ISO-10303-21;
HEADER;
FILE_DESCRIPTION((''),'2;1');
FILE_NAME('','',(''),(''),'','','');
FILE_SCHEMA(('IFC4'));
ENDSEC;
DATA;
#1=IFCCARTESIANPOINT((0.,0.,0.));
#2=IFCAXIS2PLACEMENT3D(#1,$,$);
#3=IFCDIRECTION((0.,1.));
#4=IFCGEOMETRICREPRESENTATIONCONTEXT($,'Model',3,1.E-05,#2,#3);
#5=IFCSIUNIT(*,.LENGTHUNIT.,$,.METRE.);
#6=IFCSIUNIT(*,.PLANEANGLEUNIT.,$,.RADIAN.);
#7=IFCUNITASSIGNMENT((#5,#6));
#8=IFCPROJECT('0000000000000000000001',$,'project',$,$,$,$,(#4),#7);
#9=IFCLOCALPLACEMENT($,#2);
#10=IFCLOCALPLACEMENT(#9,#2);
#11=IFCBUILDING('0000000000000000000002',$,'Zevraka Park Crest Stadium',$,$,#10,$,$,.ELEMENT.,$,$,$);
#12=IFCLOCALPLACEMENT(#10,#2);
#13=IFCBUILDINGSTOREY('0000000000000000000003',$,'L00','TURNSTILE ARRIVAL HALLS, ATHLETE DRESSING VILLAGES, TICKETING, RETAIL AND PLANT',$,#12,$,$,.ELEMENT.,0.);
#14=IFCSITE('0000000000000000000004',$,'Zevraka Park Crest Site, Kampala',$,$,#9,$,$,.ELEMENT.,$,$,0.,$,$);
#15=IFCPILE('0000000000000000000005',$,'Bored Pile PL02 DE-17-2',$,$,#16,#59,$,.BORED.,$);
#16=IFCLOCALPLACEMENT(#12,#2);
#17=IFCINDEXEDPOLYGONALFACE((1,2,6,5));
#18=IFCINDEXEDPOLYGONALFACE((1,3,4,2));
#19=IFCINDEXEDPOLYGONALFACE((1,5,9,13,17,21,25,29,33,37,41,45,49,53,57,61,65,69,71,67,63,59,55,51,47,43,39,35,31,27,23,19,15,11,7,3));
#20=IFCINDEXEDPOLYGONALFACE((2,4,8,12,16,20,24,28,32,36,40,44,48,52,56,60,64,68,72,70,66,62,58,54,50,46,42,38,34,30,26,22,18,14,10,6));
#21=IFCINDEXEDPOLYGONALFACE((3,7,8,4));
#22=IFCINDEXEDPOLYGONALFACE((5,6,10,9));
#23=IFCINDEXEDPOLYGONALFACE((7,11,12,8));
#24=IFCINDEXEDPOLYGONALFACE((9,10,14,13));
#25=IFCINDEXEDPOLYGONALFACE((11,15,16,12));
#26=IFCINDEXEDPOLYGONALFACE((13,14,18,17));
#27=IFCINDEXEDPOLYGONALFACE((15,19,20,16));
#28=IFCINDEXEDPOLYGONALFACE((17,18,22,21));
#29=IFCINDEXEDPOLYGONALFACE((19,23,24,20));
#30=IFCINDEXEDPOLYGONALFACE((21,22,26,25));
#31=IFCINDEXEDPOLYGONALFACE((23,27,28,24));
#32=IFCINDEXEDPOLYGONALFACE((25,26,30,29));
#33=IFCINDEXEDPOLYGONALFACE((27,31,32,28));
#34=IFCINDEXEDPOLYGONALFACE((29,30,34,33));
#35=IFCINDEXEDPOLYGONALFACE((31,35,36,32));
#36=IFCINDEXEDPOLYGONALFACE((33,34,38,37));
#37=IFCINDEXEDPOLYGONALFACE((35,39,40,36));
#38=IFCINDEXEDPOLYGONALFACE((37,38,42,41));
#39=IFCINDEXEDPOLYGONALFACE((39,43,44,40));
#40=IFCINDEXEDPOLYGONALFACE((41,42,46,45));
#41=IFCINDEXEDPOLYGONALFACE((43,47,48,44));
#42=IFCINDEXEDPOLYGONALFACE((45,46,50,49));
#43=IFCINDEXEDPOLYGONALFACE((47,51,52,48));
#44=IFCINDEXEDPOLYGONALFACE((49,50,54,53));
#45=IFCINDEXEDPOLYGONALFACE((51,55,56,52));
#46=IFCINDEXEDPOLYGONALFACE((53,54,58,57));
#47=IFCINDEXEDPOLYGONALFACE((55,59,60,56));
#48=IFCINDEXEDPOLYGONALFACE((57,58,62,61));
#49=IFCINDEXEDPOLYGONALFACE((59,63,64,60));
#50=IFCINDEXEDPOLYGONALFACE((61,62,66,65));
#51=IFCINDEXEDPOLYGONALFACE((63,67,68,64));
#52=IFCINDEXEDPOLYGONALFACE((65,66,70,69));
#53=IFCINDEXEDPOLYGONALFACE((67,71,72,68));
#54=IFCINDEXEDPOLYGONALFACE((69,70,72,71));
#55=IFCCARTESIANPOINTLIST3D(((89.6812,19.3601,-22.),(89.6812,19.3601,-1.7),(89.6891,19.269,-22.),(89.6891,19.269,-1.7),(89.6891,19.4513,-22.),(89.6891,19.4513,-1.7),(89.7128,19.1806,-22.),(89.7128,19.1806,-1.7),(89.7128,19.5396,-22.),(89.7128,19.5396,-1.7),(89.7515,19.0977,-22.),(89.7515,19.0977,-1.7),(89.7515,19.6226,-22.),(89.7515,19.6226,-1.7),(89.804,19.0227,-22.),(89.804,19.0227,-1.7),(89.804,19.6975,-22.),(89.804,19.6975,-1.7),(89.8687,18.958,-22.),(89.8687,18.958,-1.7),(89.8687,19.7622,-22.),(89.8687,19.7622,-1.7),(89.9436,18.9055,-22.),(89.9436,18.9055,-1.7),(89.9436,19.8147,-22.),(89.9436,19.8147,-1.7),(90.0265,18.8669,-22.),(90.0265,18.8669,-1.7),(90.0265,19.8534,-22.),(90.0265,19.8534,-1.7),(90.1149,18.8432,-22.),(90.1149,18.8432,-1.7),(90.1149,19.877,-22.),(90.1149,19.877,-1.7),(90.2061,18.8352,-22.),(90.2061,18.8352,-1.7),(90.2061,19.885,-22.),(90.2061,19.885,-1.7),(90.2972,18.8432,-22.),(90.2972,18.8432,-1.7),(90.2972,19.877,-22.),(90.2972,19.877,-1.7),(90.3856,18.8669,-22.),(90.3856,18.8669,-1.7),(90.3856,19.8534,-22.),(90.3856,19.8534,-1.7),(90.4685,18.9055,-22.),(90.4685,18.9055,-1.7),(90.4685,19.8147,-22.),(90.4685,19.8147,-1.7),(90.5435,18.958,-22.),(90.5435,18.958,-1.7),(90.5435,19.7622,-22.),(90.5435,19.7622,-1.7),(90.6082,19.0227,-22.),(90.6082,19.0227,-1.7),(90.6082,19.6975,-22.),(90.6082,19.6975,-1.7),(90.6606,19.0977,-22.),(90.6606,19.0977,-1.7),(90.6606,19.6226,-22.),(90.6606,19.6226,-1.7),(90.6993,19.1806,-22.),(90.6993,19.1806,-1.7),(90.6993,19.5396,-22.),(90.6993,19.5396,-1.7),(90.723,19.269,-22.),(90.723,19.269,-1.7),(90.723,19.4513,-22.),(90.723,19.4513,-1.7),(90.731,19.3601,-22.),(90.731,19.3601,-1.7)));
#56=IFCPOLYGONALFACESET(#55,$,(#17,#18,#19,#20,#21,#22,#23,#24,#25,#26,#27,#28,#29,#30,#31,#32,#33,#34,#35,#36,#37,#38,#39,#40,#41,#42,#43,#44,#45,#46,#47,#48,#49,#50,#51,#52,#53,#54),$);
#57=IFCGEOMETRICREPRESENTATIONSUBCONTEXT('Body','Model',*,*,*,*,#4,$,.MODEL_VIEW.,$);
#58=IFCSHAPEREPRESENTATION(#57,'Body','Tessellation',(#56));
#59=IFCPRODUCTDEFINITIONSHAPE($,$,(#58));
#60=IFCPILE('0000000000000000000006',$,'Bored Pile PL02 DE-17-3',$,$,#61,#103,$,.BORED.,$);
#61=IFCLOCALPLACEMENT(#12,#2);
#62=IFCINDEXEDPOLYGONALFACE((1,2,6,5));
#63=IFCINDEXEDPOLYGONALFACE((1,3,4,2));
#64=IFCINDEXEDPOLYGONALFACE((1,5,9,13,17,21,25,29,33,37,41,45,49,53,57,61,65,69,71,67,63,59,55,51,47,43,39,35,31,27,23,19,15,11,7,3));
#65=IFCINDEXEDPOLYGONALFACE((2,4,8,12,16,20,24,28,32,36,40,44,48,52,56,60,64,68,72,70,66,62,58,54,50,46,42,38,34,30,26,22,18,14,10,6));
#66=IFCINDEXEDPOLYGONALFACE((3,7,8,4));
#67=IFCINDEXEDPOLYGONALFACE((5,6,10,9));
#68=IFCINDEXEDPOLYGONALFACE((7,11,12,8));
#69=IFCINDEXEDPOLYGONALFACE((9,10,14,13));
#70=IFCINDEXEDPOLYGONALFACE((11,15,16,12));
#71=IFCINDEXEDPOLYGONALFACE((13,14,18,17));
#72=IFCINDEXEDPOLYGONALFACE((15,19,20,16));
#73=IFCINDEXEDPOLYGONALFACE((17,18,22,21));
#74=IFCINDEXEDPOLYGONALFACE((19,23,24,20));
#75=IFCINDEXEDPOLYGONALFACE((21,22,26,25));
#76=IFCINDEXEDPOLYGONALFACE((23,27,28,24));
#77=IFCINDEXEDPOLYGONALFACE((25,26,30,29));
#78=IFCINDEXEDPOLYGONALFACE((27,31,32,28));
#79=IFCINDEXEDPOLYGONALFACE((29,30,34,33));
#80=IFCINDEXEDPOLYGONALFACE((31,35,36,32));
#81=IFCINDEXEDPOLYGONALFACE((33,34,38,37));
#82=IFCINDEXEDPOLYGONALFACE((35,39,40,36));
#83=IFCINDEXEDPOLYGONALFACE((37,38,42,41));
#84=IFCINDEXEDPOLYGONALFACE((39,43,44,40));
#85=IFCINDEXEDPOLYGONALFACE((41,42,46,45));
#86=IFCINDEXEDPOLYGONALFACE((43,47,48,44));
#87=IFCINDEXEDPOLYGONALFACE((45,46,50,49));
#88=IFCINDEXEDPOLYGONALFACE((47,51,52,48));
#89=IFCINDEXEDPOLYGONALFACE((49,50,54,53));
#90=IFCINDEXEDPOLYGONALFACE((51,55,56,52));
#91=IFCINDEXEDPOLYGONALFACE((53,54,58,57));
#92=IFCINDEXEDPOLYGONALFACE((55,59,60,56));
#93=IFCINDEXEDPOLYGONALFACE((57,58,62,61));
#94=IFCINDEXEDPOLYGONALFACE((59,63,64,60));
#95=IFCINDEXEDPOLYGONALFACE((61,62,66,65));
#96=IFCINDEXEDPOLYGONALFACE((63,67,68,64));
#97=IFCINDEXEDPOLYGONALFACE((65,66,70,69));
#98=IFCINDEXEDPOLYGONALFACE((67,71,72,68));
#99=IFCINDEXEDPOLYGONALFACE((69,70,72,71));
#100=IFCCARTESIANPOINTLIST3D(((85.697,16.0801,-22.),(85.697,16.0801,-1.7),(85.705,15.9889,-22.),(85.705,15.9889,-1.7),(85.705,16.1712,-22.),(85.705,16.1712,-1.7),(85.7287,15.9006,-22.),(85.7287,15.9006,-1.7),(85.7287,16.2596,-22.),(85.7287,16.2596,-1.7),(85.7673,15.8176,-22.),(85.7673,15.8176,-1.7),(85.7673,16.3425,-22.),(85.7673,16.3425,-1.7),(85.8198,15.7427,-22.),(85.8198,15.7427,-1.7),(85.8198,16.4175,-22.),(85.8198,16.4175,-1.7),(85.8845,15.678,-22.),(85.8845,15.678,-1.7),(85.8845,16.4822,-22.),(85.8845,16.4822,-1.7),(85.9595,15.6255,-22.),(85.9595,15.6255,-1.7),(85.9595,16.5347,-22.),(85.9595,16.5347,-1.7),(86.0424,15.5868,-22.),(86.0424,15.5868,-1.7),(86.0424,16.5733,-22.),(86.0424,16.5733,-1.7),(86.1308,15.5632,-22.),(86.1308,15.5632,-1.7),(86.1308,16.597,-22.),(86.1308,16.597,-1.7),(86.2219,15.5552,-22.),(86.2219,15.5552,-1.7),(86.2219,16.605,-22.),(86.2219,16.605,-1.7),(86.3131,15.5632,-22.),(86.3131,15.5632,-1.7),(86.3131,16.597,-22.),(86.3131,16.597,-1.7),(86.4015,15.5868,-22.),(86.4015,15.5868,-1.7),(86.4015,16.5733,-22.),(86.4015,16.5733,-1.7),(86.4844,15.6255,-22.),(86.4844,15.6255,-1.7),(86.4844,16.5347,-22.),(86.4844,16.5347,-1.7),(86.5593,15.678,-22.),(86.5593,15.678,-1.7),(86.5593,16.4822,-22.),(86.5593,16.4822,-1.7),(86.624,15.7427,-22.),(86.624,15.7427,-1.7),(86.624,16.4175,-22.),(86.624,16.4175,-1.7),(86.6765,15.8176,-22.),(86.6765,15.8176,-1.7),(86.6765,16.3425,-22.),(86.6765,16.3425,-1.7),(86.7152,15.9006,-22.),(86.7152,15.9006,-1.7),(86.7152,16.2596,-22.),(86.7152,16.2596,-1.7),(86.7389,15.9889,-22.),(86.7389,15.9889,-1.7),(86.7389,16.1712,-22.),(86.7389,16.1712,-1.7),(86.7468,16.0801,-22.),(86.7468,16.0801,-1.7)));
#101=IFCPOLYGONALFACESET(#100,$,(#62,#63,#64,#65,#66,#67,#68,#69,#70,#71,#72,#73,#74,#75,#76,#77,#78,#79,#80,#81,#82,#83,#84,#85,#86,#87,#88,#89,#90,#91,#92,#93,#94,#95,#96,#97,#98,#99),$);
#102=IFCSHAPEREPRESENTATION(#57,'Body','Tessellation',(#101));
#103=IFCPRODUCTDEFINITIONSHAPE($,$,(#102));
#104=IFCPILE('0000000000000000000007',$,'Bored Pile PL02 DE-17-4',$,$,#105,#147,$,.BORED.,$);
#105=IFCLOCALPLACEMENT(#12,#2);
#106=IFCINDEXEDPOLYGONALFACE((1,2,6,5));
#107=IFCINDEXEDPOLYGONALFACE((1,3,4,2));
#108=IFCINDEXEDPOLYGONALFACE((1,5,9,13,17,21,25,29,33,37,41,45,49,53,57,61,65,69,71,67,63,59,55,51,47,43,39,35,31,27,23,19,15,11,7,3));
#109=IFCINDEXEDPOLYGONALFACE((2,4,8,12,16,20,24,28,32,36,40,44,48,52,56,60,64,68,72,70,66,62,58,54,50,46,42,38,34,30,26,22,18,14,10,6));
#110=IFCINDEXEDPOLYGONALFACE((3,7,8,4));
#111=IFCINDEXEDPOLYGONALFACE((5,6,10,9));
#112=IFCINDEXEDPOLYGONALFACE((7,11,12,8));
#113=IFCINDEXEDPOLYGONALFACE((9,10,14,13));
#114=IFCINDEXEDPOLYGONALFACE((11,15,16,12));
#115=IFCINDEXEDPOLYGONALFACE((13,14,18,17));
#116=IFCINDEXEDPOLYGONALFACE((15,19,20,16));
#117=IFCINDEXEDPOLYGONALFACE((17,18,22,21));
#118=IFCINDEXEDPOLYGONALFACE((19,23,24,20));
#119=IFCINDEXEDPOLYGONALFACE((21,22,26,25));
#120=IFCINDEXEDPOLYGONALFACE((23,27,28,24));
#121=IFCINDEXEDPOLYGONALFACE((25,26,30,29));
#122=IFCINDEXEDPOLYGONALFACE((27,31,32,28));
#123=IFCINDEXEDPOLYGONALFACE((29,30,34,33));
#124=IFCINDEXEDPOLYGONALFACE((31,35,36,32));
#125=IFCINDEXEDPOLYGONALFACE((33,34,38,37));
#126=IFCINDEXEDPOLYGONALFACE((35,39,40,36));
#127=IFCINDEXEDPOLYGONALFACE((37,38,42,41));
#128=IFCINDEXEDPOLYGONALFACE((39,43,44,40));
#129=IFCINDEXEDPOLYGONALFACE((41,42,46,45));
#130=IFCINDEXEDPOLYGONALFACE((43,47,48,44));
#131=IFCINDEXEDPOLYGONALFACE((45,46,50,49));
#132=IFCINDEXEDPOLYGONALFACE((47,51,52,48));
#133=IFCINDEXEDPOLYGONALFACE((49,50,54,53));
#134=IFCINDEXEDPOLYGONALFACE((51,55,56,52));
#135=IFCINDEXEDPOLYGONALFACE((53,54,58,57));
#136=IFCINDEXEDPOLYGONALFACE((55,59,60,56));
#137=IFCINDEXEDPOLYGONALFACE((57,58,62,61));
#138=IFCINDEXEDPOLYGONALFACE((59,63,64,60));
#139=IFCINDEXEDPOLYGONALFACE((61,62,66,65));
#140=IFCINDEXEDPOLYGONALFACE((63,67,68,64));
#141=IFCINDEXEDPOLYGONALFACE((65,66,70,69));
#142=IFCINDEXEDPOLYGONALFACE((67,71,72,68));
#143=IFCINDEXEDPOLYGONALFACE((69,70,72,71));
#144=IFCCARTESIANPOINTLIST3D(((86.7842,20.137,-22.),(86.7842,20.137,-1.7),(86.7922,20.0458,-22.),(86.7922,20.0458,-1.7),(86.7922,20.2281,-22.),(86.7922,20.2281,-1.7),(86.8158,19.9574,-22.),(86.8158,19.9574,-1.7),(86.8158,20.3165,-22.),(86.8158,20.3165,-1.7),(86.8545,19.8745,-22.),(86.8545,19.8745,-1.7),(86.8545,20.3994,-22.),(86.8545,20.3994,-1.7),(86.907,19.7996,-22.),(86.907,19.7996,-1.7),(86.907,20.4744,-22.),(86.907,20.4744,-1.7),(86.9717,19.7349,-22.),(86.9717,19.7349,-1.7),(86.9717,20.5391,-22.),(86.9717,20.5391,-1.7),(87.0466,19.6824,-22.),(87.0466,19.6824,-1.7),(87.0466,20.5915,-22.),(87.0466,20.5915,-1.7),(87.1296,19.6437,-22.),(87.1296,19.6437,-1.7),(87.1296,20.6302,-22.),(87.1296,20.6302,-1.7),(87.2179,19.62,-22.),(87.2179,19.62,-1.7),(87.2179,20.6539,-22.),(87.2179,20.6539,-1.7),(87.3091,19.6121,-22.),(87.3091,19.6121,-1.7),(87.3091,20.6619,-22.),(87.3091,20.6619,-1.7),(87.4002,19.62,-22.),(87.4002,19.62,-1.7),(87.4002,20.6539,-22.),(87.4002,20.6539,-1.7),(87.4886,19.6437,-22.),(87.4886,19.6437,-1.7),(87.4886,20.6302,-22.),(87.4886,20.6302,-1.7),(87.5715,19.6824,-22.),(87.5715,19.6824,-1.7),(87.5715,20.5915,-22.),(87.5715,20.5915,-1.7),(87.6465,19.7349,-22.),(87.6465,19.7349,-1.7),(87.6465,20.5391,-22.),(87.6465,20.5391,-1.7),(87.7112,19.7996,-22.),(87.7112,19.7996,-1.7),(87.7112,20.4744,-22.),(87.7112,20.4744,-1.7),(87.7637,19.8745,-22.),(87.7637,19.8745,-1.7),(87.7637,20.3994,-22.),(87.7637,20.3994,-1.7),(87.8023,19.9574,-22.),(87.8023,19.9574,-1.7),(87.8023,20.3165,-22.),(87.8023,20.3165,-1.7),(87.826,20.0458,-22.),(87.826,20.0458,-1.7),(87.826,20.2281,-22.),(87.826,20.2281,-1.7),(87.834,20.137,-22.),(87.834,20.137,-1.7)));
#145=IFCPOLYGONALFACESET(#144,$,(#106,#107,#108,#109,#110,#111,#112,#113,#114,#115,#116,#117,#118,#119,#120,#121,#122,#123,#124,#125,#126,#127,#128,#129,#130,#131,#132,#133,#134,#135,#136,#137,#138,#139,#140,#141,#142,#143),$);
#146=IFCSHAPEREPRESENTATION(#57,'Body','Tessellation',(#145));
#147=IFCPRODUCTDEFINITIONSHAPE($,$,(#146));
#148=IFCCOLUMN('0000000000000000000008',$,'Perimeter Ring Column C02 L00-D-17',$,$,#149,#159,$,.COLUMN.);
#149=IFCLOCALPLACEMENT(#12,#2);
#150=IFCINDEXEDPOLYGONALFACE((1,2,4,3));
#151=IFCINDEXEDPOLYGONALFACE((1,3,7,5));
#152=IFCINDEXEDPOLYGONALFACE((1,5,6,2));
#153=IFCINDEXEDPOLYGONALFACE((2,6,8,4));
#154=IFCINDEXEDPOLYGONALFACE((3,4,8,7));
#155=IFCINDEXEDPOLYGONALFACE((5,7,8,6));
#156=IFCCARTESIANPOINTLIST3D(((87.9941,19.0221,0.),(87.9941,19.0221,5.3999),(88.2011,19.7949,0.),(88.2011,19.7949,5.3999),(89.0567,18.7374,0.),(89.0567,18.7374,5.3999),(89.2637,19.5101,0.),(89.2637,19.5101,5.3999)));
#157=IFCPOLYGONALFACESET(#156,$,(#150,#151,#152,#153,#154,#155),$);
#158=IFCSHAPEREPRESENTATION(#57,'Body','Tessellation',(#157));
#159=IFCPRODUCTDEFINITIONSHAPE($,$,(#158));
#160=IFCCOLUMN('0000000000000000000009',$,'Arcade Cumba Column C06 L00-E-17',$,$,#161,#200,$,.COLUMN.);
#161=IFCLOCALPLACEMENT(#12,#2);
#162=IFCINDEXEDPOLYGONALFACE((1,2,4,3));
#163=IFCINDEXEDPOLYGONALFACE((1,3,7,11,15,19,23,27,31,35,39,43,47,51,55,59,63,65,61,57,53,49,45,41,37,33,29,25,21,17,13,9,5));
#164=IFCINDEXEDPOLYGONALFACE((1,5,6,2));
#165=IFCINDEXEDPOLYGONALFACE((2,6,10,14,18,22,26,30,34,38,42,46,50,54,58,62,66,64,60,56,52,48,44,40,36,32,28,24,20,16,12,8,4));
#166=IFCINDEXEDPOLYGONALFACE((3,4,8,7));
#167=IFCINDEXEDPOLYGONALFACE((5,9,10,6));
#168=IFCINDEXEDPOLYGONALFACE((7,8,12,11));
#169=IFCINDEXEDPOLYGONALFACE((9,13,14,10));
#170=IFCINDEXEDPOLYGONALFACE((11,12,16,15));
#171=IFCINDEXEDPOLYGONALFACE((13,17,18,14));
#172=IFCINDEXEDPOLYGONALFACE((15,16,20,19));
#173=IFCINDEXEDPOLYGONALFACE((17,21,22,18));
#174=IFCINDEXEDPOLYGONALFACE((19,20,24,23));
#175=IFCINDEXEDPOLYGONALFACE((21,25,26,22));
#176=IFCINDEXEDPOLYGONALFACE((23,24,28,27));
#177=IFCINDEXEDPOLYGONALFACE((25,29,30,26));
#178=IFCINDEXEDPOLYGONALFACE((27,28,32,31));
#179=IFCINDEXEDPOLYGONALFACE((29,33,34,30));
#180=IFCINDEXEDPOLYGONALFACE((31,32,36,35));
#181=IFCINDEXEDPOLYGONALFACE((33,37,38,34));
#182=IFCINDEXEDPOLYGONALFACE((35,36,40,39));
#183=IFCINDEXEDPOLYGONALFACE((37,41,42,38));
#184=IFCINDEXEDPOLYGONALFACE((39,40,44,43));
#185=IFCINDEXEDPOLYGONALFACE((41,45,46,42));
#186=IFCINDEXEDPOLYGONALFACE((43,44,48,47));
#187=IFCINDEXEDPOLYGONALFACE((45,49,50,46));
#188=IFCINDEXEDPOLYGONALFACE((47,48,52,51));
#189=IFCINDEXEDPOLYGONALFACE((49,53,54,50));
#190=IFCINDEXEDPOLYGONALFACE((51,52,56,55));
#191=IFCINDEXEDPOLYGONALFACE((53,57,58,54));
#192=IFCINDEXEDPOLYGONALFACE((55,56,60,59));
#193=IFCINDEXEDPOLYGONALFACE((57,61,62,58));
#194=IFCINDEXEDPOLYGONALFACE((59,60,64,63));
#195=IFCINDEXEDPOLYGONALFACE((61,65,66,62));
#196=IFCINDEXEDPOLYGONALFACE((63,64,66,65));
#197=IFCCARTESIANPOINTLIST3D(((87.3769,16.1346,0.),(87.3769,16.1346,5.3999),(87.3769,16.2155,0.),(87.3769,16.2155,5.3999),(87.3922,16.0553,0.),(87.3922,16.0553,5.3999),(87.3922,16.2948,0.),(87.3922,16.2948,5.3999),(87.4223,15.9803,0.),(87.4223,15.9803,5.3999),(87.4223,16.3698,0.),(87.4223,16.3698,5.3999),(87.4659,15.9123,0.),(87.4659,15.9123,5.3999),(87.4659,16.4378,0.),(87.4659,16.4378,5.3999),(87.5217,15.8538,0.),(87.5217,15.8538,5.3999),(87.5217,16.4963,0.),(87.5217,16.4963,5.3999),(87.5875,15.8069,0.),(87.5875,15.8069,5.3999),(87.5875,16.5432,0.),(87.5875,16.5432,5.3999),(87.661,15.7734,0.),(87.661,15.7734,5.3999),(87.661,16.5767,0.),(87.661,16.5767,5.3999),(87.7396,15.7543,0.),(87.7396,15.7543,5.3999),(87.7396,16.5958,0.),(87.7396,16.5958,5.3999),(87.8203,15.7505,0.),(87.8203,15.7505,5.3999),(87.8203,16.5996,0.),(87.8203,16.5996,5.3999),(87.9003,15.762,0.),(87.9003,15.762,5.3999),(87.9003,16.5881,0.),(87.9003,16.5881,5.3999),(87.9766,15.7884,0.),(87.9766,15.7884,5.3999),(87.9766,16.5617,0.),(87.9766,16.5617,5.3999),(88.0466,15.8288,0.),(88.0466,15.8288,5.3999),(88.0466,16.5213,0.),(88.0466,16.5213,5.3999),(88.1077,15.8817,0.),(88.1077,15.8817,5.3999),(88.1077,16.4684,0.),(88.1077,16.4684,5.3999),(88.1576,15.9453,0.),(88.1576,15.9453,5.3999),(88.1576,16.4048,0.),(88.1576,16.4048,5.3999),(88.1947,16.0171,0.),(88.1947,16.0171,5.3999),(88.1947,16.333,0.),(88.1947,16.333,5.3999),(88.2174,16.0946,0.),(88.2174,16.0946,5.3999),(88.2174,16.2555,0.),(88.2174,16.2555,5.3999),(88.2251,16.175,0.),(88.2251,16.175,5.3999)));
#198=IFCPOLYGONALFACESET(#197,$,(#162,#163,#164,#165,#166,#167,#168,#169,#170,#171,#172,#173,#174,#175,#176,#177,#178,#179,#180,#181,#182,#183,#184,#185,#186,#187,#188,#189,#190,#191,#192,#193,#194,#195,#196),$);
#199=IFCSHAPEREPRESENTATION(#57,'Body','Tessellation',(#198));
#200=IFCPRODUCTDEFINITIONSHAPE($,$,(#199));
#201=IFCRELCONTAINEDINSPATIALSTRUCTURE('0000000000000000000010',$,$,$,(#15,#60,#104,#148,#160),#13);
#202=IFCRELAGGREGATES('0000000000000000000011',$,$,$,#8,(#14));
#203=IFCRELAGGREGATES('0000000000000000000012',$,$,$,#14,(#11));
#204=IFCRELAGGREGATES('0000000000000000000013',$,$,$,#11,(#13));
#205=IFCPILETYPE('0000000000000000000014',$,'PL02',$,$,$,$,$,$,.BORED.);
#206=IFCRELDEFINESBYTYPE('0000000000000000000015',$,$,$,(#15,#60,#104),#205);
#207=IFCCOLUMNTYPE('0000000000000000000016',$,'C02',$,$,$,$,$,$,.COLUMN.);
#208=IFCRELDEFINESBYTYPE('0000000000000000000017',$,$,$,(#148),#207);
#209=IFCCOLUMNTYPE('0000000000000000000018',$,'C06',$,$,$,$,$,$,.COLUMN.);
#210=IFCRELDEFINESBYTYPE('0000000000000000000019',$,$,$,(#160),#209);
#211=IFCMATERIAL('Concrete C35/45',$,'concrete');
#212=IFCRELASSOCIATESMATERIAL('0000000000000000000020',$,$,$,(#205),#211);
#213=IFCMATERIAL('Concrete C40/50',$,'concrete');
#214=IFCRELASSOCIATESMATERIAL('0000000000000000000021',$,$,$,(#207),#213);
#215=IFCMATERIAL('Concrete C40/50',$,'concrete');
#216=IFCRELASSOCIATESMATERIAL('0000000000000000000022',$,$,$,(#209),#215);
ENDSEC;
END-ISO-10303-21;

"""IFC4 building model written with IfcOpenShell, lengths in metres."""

from ifc_helpers import new_model, si_unit, direction, frame, origin, origin_2d, place, context, subcontext, project, spatial, rectangle, circle, extrude, material, material_profile, profile_set, type_object, element, save


model = new_model("IFC4")

# Units and contexts
model_context = context("Model", 3, precision=1e-05, world=origin(), true_north=direction((0.0, 1.0)))
body_context = subcontext(model_context, "Body", "Model", "MODEL_VIEW")
ifc_project = project(units=[si_unit("LENGTHUNIT", "METRE"), si_unit("PLANEANGLEUNIT", "RADIAN")], contexts=[model_context])

# Site, building, storey
site_placement = place(None, origin())
site = spatial("IfcSite", under=ifc_project, at=site_placement, Name="Zevraka Park Crest Site, Kampala", CompositionType="ELEMENT", RefElevation=0.0)
building_placement = place(site_placement, origin())
building = spatial("IfcBuilding", under=site, at=building_placement, Name="Zevraka Park Crest Stadium", CompositionType="ELEMENT")
storey_placement = place(building_placement, origin())
storey = spatial("IfcBuildingStorey", under=building, at=storey_placement, Name="L00", Description="TURNSTILE ARRIVAL HALLS, ATHLETE DRESSING VILLAGES, TICKETING, RETAIL AND PLANT", CompositionType="ELEMENT", Elevation=0.0)

# Piles
ifc_material_1 = material(Name="Concrete C35/45", Category="concrete")
ifc_material_profile_1 = material_profile(ifc_material_1, circle(Radius=0.5249, at=origin_2d()), Name="PILE D1050")
ifc_profile_set_1 = profile_set([ifc_material_profile_1], Name="Concrete C35/45")
pile_type_1 = type_object("IfcPileType", Name="PL02", PredefinedType="BORED", material=ifc_profile_set_1)
for number, where, z_axis, x_axis, name in (
    (1, (90.2061, 19.3601, -1.7), (0.0, 0.0, -1.0), (1.0, 0.0, 0.0), "Bored Pile PL02 DE-17-2"),
    (2, (86.2219, 16.0801, -1.7), (0.0, 0.0, -1.0), (1.0, 0.0, 0.0), "Bored Pile PL02 DE-17-3"),
    (3, (87.3091, 20.137, -1.7), (0.0, 0.0, -1.0), (1.0, 0.0, 0.0), "Bored Pile PL02 DE-17-4"),
):
    element("IfcPile", number, at=place(storey_placement, frame(where, z_axis=z_axis, x_axis=x_axis)), inside=storey, type_object=pile_type_1, Name=name, PredefinedType="BORED", context=body_context, shape_type="SweptSolid", body=[
        extrude(circle(Radius=0.5249, at=origin_2d()), origin(), (0.0, 0.0, 1.0), 20.3),
    ])

# Columns
ifc_material_2 = material(Name="Concrete C40/50", Category="concrete")
ifc_material_profile_2 = material_profile(ifc_material_2, rectangle(XDim=0.8, YDim=1.1001, at=origin_2d()), Name="RC 1100x800")
ifc_profile_set_2 = profile_set([ifc_material_profile_2], Name="Concrete C40/50")
column_type_1 = type_object("IfcColumnType", Name="C02", PredefinedType="COLUMN", material=ifc_profile_set_2)
column_1_placement = place(storey_placement, frame((88.6289, 19.2661, 0.0), z_axis=(0.0, 0.0, 1.0), x_axis=(0.258819, 0.965926, 0.0)))
element("IfcColumn", 4, at=column_1_placement, inside=storey, type_object=column_type_1, Name="Perimeter Ring Column C02 L00-D-17", PredefinedType="COLUMN", context=body_context, shape_type="SweptSolid", body=[
    extrude(rectangle(XDim=0.8, YDim=1.1001, at=origin_2d()), origin(), (0.0, 0.0, 1.0), 5.3999),
])
ifc_material_3 = material(Name="Concrete C40/50", Category="concrete")
ifc_material_profile_3 = material_profile(ifc_material_3, circle(Radius=0.425, at=origin_2d()), Name="RC D850")
ifc_profile_set_3 = profile_set([ifc_material_profile_3], Name="Concrete C40/50")
column_type_2 = type_object("IfcColumnType", Name="C06", PredefinedType="COLUMN", material=ifc_profile_set_3)
column_2_placement = place(storey_placement, frame((87.8, 16.175, 0.0), z_axis=(0.0, 0.0, 1.0), x_axis=(1.0, 0.0, 0.0)))
element("IfcColumn", 5, at=column_2_placement, inside=storey, type_object=column_type_2, Name="Arcade Cumba Column C06 L00-E-17", PredefinedType="COLUMN", context=body_context, shape_type="SweptSolid", body=[
    extrude(circle(Radius=0.425, at=origin_2d()), origin(), (0.0, 0.0, 1.0), 5.3999),
])

save(model, "model.ifc")
